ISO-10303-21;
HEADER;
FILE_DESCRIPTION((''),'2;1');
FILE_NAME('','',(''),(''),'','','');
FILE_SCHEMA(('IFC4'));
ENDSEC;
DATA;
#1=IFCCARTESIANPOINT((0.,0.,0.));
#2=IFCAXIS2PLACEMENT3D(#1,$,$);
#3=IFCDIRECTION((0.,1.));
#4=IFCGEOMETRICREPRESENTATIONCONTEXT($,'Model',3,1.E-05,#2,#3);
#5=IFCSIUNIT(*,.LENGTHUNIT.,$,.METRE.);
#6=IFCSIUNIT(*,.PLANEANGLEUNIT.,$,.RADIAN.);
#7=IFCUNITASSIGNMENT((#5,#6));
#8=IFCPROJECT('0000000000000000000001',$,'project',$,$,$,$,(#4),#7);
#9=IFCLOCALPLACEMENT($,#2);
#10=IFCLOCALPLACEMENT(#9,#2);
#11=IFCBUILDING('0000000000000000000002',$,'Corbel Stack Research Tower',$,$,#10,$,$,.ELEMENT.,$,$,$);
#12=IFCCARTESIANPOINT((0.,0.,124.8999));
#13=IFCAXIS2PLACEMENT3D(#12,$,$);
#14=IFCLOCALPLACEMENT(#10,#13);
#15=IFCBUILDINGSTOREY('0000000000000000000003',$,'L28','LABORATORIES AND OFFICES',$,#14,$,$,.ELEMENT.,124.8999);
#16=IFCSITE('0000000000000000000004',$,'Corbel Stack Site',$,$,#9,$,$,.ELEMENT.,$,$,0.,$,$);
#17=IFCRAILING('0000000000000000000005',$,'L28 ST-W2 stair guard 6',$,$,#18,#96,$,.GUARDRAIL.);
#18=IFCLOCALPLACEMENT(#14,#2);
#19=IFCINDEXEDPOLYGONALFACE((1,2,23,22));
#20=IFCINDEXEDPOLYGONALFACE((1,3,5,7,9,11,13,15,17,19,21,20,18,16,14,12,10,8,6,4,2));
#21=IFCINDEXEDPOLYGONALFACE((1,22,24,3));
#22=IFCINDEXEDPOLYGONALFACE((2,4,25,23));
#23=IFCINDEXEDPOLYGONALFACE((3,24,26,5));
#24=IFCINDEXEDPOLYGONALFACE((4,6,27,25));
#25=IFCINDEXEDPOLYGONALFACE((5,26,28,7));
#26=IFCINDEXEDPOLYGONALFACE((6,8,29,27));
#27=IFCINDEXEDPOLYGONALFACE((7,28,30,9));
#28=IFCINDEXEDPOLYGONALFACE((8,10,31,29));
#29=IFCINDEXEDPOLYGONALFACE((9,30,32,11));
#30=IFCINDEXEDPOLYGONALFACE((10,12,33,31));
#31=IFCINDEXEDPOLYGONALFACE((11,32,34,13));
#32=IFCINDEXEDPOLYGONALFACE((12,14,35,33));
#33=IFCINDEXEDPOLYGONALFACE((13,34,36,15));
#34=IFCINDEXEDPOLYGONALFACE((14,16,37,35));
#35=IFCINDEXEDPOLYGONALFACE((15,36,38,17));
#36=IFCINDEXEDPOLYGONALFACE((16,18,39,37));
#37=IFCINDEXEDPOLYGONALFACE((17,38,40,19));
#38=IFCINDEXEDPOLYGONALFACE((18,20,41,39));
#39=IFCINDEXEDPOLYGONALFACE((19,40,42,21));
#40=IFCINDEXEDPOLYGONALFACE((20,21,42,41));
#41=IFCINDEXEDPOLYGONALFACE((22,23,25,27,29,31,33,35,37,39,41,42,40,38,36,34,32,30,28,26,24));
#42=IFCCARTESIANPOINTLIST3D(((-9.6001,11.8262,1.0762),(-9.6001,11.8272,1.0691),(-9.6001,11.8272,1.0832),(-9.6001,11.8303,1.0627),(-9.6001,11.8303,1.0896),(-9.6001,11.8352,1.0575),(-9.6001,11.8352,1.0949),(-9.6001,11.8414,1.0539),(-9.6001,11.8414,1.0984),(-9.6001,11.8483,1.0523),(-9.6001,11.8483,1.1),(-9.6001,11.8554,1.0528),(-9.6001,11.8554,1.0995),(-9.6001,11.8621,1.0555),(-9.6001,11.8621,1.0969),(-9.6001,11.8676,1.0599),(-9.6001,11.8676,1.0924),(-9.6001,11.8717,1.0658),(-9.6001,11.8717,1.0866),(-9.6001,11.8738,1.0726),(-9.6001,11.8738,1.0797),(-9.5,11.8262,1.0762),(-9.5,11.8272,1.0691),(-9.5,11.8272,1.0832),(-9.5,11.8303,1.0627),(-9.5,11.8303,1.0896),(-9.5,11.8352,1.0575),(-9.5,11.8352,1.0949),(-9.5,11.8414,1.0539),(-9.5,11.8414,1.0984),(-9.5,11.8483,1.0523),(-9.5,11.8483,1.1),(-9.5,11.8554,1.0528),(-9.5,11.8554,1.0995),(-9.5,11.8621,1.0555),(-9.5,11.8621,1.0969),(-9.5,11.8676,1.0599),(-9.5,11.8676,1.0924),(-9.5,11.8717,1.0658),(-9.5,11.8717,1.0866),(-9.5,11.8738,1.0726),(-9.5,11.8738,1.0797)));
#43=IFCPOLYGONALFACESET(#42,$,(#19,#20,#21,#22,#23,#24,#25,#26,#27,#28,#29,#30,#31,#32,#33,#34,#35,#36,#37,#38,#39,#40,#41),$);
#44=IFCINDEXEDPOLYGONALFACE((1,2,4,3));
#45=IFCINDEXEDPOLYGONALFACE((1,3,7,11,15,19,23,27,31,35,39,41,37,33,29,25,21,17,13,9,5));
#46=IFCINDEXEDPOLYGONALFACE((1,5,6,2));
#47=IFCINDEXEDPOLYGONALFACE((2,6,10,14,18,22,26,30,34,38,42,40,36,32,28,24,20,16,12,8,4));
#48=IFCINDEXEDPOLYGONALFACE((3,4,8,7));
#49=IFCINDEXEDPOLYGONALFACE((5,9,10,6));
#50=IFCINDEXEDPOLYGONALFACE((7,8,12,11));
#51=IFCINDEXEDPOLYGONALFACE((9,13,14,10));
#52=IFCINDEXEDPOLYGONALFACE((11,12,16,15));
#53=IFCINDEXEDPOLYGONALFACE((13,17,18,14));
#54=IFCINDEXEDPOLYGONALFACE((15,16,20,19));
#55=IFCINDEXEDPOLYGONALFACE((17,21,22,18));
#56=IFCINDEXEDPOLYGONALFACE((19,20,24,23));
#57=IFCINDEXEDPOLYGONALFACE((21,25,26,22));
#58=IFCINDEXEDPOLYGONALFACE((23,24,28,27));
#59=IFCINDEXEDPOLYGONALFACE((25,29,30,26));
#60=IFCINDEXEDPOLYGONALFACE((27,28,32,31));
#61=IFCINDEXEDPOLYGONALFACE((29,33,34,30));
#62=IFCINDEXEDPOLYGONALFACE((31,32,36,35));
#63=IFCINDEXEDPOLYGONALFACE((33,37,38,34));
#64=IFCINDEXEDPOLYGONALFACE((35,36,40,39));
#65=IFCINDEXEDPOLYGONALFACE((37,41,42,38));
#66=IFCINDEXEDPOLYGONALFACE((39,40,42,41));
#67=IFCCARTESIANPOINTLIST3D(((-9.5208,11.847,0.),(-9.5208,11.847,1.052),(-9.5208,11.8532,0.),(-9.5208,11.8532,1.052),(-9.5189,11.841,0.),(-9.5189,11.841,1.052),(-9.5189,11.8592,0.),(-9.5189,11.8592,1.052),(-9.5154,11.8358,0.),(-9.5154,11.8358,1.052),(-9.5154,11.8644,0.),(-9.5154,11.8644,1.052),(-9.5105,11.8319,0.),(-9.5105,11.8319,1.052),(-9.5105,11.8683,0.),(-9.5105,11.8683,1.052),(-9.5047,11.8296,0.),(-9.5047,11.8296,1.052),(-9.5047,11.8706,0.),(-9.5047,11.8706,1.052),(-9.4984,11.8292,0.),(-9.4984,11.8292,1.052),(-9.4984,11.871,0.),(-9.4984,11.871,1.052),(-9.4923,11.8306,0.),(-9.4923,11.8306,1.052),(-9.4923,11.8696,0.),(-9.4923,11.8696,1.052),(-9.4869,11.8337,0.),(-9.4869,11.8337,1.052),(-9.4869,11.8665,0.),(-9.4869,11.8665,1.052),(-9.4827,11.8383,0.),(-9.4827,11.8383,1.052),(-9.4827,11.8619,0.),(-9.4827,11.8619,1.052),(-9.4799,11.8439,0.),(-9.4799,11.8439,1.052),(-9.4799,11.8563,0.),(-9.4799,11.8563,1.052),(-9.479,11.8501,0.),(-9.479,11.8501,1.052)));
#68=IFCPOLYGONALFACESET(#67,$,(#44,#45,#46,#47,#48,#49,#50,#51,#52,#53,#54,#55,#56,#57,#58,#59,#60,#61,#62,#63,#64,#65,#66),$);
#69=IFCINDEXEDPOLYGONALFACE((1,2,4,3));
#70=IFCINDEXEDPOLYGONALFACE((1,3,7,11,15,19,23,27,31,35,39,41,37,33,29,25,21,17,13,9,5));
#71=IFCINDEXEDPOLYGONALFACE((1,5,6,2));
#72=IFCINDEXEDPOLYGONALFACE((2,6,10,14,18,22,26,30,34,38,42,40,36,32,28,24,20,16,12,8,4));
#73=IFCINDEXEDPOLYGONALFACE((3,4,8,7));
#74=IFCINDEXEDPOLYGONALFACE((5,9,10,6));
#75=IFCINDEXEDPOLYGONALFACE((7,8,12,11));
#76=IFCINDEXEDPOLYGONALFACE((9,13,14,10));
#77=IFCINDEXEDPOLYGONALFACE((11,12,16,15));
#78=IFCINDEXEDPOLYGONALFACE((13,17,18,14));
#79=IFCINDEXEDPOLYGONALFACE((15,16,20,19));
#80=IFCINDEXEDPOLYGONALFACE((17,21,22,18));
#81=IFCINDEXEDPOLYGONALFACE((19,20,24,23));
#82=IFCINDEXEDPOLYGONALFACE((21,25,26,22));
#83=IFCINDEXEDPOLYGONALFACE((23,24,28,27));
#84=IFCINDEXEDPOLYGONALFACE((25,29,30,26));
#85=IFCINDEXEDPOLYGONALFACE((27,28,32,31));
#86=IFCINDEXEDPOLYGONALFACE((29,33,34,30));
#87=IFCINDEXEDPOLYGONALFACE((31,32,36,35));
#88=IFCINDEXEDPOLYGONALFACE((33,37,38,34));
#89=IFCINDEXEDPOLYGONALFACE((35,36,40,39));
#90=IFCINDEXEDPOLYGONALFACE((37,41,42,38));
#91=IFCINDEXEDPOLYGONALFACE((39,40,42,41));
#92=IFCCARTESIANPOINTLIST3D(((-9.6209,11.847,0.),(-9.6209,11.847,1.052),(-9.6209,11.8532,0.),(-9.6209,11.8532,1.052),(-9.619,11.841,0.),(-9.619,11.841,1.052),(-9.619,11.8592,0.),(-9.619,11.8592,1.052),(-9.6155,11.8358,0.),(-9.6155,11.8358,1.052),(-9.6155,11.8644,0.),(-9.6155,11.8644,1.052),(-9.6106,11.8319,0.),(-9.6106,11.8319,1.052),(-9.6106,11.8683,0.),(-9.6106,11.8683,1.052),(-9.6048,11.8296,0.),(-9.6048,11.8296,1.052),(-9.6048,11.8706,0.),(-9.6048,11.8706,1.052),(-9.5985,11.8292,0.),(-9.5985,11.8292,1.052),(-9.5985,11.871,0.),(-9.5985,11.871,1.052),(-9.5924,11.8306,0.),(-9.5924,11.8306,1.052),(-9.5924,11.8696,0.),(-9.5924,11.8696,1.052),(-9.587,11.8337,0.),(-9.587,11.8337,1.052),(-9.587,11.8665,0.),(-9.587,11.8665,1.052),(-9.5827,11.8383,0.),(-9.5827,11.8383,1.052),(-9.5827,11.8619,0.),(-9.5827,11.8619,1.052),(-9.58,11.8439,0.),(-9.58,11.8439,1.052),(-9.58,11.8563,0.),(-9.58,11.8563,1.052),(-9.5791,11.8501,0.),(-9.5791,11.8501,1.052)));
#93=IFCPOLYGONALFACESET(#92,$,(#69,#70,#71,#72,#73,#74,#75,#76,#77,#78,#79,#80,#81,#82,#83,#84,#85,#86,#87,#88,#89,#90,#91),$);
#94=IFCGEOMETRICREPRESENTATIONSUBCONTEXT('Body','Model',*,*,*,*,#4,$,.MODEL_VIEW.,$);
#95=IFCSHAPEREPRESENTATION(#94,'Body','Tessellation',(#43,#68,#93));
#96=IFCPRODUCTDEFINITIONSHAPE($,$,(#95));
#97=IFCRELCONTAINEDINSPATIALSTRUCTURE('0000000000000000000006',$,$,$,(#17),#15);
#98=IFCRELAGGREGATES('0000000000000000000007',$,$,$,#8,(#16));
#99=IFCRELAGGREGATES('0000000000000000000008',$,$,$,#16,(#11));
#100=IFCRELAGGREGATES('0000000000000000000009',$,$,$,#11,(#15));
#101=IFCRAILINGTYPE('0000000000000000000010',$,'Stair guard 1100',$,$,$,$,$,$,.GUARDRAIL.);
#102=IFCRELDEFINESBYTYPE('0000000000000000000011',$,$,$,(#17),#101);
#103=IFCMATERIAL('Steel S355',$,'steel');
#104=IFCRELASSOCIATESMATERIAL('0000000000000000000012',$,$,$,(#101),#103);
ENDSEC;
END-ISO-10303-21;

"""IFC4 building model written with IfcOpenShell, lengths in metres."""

from ifc_helpers import new_model, si_unit, direction, frame, origin, origin_2d, place, context, subcontext, project, spatial, circle, extrude, material, type_object, element, save


model = new_model("IFC4")

# Units and contexts
model_context = context("Model", 3, precision=1e-05, world=origin(), true_north=direction((0.0, 1.0)))
body_context = subcontext(model_context, "Body", "Model", "MODEL_VIEW")
ifc_project = project(units=[si_unit("LENGTHUNIT", "METRE"), si_unit("PLANEANGLEUNIT", "RADIAN")], contexts=[model_context])

# Site, building, storey
site_placement = place(None, origin())
site = spatial("IfcSite", under=ifc_project, at=site_placement, Name="Corbel Stack Site", CompositionType="ELEMENT", RefElevation=0.0)
building_placement = place(site_placement, origin())
building = spatial("IfcBuilding", under=site, at=building_placement, Name="Corbel Stack Research Tower", CompositionType="ELEMENT")
storey_placement = place(building_placement, frame((0.0, 0.0, 124.8999)))
storey = spatial("IfcBuildingStorey", under=building, at=storey_placement, Name="L28", Description="LABORATORIES AND OFFICES", CompositionType="ELEMENT", Elevation=124.8999)

# Railing
ifc_material_1 = material(Name="Steel S355", Category="steel")
railing_type_1 = type_object("IfcRailingType", Name="Stair guard 1100", PredefinedType="GUARDRAIL", material=ifc_material_1)
railing_1_placement = place(storey_placement, frame((-9.5, 11.8501, 0.0)))
element("IfcRailing", 1, at=railing_1_placement, inside=storey, type_object=railing_type_1, Name="L28 ST-W2 stair guard 6", PredefinedType="GUARDRAIL", context=body_context, shape_type="SweptSolid", body=[
    extrude(circle(Radius=0.0239, at=origin_2d()), frame((0.0, 0.0, 1.0762), z_axis=(-1.0, 0.0, 0.0), x_axis=(0.0, -1.0, 0.0)), (0.0, 0.0, 1.0), 0.1001),
    extrude(circle(Radius=0.021, at=origin_2d()), origin(), (0.0, 0.0, 1.0), 1.052),
    extrude(circle(Radius=0.021, at=origin_2d()), frame((-0.1001, 0.0, 0.0)), (0.0, 0.0, 1.0), 1.052),
])

save(model, "model.ifc")
